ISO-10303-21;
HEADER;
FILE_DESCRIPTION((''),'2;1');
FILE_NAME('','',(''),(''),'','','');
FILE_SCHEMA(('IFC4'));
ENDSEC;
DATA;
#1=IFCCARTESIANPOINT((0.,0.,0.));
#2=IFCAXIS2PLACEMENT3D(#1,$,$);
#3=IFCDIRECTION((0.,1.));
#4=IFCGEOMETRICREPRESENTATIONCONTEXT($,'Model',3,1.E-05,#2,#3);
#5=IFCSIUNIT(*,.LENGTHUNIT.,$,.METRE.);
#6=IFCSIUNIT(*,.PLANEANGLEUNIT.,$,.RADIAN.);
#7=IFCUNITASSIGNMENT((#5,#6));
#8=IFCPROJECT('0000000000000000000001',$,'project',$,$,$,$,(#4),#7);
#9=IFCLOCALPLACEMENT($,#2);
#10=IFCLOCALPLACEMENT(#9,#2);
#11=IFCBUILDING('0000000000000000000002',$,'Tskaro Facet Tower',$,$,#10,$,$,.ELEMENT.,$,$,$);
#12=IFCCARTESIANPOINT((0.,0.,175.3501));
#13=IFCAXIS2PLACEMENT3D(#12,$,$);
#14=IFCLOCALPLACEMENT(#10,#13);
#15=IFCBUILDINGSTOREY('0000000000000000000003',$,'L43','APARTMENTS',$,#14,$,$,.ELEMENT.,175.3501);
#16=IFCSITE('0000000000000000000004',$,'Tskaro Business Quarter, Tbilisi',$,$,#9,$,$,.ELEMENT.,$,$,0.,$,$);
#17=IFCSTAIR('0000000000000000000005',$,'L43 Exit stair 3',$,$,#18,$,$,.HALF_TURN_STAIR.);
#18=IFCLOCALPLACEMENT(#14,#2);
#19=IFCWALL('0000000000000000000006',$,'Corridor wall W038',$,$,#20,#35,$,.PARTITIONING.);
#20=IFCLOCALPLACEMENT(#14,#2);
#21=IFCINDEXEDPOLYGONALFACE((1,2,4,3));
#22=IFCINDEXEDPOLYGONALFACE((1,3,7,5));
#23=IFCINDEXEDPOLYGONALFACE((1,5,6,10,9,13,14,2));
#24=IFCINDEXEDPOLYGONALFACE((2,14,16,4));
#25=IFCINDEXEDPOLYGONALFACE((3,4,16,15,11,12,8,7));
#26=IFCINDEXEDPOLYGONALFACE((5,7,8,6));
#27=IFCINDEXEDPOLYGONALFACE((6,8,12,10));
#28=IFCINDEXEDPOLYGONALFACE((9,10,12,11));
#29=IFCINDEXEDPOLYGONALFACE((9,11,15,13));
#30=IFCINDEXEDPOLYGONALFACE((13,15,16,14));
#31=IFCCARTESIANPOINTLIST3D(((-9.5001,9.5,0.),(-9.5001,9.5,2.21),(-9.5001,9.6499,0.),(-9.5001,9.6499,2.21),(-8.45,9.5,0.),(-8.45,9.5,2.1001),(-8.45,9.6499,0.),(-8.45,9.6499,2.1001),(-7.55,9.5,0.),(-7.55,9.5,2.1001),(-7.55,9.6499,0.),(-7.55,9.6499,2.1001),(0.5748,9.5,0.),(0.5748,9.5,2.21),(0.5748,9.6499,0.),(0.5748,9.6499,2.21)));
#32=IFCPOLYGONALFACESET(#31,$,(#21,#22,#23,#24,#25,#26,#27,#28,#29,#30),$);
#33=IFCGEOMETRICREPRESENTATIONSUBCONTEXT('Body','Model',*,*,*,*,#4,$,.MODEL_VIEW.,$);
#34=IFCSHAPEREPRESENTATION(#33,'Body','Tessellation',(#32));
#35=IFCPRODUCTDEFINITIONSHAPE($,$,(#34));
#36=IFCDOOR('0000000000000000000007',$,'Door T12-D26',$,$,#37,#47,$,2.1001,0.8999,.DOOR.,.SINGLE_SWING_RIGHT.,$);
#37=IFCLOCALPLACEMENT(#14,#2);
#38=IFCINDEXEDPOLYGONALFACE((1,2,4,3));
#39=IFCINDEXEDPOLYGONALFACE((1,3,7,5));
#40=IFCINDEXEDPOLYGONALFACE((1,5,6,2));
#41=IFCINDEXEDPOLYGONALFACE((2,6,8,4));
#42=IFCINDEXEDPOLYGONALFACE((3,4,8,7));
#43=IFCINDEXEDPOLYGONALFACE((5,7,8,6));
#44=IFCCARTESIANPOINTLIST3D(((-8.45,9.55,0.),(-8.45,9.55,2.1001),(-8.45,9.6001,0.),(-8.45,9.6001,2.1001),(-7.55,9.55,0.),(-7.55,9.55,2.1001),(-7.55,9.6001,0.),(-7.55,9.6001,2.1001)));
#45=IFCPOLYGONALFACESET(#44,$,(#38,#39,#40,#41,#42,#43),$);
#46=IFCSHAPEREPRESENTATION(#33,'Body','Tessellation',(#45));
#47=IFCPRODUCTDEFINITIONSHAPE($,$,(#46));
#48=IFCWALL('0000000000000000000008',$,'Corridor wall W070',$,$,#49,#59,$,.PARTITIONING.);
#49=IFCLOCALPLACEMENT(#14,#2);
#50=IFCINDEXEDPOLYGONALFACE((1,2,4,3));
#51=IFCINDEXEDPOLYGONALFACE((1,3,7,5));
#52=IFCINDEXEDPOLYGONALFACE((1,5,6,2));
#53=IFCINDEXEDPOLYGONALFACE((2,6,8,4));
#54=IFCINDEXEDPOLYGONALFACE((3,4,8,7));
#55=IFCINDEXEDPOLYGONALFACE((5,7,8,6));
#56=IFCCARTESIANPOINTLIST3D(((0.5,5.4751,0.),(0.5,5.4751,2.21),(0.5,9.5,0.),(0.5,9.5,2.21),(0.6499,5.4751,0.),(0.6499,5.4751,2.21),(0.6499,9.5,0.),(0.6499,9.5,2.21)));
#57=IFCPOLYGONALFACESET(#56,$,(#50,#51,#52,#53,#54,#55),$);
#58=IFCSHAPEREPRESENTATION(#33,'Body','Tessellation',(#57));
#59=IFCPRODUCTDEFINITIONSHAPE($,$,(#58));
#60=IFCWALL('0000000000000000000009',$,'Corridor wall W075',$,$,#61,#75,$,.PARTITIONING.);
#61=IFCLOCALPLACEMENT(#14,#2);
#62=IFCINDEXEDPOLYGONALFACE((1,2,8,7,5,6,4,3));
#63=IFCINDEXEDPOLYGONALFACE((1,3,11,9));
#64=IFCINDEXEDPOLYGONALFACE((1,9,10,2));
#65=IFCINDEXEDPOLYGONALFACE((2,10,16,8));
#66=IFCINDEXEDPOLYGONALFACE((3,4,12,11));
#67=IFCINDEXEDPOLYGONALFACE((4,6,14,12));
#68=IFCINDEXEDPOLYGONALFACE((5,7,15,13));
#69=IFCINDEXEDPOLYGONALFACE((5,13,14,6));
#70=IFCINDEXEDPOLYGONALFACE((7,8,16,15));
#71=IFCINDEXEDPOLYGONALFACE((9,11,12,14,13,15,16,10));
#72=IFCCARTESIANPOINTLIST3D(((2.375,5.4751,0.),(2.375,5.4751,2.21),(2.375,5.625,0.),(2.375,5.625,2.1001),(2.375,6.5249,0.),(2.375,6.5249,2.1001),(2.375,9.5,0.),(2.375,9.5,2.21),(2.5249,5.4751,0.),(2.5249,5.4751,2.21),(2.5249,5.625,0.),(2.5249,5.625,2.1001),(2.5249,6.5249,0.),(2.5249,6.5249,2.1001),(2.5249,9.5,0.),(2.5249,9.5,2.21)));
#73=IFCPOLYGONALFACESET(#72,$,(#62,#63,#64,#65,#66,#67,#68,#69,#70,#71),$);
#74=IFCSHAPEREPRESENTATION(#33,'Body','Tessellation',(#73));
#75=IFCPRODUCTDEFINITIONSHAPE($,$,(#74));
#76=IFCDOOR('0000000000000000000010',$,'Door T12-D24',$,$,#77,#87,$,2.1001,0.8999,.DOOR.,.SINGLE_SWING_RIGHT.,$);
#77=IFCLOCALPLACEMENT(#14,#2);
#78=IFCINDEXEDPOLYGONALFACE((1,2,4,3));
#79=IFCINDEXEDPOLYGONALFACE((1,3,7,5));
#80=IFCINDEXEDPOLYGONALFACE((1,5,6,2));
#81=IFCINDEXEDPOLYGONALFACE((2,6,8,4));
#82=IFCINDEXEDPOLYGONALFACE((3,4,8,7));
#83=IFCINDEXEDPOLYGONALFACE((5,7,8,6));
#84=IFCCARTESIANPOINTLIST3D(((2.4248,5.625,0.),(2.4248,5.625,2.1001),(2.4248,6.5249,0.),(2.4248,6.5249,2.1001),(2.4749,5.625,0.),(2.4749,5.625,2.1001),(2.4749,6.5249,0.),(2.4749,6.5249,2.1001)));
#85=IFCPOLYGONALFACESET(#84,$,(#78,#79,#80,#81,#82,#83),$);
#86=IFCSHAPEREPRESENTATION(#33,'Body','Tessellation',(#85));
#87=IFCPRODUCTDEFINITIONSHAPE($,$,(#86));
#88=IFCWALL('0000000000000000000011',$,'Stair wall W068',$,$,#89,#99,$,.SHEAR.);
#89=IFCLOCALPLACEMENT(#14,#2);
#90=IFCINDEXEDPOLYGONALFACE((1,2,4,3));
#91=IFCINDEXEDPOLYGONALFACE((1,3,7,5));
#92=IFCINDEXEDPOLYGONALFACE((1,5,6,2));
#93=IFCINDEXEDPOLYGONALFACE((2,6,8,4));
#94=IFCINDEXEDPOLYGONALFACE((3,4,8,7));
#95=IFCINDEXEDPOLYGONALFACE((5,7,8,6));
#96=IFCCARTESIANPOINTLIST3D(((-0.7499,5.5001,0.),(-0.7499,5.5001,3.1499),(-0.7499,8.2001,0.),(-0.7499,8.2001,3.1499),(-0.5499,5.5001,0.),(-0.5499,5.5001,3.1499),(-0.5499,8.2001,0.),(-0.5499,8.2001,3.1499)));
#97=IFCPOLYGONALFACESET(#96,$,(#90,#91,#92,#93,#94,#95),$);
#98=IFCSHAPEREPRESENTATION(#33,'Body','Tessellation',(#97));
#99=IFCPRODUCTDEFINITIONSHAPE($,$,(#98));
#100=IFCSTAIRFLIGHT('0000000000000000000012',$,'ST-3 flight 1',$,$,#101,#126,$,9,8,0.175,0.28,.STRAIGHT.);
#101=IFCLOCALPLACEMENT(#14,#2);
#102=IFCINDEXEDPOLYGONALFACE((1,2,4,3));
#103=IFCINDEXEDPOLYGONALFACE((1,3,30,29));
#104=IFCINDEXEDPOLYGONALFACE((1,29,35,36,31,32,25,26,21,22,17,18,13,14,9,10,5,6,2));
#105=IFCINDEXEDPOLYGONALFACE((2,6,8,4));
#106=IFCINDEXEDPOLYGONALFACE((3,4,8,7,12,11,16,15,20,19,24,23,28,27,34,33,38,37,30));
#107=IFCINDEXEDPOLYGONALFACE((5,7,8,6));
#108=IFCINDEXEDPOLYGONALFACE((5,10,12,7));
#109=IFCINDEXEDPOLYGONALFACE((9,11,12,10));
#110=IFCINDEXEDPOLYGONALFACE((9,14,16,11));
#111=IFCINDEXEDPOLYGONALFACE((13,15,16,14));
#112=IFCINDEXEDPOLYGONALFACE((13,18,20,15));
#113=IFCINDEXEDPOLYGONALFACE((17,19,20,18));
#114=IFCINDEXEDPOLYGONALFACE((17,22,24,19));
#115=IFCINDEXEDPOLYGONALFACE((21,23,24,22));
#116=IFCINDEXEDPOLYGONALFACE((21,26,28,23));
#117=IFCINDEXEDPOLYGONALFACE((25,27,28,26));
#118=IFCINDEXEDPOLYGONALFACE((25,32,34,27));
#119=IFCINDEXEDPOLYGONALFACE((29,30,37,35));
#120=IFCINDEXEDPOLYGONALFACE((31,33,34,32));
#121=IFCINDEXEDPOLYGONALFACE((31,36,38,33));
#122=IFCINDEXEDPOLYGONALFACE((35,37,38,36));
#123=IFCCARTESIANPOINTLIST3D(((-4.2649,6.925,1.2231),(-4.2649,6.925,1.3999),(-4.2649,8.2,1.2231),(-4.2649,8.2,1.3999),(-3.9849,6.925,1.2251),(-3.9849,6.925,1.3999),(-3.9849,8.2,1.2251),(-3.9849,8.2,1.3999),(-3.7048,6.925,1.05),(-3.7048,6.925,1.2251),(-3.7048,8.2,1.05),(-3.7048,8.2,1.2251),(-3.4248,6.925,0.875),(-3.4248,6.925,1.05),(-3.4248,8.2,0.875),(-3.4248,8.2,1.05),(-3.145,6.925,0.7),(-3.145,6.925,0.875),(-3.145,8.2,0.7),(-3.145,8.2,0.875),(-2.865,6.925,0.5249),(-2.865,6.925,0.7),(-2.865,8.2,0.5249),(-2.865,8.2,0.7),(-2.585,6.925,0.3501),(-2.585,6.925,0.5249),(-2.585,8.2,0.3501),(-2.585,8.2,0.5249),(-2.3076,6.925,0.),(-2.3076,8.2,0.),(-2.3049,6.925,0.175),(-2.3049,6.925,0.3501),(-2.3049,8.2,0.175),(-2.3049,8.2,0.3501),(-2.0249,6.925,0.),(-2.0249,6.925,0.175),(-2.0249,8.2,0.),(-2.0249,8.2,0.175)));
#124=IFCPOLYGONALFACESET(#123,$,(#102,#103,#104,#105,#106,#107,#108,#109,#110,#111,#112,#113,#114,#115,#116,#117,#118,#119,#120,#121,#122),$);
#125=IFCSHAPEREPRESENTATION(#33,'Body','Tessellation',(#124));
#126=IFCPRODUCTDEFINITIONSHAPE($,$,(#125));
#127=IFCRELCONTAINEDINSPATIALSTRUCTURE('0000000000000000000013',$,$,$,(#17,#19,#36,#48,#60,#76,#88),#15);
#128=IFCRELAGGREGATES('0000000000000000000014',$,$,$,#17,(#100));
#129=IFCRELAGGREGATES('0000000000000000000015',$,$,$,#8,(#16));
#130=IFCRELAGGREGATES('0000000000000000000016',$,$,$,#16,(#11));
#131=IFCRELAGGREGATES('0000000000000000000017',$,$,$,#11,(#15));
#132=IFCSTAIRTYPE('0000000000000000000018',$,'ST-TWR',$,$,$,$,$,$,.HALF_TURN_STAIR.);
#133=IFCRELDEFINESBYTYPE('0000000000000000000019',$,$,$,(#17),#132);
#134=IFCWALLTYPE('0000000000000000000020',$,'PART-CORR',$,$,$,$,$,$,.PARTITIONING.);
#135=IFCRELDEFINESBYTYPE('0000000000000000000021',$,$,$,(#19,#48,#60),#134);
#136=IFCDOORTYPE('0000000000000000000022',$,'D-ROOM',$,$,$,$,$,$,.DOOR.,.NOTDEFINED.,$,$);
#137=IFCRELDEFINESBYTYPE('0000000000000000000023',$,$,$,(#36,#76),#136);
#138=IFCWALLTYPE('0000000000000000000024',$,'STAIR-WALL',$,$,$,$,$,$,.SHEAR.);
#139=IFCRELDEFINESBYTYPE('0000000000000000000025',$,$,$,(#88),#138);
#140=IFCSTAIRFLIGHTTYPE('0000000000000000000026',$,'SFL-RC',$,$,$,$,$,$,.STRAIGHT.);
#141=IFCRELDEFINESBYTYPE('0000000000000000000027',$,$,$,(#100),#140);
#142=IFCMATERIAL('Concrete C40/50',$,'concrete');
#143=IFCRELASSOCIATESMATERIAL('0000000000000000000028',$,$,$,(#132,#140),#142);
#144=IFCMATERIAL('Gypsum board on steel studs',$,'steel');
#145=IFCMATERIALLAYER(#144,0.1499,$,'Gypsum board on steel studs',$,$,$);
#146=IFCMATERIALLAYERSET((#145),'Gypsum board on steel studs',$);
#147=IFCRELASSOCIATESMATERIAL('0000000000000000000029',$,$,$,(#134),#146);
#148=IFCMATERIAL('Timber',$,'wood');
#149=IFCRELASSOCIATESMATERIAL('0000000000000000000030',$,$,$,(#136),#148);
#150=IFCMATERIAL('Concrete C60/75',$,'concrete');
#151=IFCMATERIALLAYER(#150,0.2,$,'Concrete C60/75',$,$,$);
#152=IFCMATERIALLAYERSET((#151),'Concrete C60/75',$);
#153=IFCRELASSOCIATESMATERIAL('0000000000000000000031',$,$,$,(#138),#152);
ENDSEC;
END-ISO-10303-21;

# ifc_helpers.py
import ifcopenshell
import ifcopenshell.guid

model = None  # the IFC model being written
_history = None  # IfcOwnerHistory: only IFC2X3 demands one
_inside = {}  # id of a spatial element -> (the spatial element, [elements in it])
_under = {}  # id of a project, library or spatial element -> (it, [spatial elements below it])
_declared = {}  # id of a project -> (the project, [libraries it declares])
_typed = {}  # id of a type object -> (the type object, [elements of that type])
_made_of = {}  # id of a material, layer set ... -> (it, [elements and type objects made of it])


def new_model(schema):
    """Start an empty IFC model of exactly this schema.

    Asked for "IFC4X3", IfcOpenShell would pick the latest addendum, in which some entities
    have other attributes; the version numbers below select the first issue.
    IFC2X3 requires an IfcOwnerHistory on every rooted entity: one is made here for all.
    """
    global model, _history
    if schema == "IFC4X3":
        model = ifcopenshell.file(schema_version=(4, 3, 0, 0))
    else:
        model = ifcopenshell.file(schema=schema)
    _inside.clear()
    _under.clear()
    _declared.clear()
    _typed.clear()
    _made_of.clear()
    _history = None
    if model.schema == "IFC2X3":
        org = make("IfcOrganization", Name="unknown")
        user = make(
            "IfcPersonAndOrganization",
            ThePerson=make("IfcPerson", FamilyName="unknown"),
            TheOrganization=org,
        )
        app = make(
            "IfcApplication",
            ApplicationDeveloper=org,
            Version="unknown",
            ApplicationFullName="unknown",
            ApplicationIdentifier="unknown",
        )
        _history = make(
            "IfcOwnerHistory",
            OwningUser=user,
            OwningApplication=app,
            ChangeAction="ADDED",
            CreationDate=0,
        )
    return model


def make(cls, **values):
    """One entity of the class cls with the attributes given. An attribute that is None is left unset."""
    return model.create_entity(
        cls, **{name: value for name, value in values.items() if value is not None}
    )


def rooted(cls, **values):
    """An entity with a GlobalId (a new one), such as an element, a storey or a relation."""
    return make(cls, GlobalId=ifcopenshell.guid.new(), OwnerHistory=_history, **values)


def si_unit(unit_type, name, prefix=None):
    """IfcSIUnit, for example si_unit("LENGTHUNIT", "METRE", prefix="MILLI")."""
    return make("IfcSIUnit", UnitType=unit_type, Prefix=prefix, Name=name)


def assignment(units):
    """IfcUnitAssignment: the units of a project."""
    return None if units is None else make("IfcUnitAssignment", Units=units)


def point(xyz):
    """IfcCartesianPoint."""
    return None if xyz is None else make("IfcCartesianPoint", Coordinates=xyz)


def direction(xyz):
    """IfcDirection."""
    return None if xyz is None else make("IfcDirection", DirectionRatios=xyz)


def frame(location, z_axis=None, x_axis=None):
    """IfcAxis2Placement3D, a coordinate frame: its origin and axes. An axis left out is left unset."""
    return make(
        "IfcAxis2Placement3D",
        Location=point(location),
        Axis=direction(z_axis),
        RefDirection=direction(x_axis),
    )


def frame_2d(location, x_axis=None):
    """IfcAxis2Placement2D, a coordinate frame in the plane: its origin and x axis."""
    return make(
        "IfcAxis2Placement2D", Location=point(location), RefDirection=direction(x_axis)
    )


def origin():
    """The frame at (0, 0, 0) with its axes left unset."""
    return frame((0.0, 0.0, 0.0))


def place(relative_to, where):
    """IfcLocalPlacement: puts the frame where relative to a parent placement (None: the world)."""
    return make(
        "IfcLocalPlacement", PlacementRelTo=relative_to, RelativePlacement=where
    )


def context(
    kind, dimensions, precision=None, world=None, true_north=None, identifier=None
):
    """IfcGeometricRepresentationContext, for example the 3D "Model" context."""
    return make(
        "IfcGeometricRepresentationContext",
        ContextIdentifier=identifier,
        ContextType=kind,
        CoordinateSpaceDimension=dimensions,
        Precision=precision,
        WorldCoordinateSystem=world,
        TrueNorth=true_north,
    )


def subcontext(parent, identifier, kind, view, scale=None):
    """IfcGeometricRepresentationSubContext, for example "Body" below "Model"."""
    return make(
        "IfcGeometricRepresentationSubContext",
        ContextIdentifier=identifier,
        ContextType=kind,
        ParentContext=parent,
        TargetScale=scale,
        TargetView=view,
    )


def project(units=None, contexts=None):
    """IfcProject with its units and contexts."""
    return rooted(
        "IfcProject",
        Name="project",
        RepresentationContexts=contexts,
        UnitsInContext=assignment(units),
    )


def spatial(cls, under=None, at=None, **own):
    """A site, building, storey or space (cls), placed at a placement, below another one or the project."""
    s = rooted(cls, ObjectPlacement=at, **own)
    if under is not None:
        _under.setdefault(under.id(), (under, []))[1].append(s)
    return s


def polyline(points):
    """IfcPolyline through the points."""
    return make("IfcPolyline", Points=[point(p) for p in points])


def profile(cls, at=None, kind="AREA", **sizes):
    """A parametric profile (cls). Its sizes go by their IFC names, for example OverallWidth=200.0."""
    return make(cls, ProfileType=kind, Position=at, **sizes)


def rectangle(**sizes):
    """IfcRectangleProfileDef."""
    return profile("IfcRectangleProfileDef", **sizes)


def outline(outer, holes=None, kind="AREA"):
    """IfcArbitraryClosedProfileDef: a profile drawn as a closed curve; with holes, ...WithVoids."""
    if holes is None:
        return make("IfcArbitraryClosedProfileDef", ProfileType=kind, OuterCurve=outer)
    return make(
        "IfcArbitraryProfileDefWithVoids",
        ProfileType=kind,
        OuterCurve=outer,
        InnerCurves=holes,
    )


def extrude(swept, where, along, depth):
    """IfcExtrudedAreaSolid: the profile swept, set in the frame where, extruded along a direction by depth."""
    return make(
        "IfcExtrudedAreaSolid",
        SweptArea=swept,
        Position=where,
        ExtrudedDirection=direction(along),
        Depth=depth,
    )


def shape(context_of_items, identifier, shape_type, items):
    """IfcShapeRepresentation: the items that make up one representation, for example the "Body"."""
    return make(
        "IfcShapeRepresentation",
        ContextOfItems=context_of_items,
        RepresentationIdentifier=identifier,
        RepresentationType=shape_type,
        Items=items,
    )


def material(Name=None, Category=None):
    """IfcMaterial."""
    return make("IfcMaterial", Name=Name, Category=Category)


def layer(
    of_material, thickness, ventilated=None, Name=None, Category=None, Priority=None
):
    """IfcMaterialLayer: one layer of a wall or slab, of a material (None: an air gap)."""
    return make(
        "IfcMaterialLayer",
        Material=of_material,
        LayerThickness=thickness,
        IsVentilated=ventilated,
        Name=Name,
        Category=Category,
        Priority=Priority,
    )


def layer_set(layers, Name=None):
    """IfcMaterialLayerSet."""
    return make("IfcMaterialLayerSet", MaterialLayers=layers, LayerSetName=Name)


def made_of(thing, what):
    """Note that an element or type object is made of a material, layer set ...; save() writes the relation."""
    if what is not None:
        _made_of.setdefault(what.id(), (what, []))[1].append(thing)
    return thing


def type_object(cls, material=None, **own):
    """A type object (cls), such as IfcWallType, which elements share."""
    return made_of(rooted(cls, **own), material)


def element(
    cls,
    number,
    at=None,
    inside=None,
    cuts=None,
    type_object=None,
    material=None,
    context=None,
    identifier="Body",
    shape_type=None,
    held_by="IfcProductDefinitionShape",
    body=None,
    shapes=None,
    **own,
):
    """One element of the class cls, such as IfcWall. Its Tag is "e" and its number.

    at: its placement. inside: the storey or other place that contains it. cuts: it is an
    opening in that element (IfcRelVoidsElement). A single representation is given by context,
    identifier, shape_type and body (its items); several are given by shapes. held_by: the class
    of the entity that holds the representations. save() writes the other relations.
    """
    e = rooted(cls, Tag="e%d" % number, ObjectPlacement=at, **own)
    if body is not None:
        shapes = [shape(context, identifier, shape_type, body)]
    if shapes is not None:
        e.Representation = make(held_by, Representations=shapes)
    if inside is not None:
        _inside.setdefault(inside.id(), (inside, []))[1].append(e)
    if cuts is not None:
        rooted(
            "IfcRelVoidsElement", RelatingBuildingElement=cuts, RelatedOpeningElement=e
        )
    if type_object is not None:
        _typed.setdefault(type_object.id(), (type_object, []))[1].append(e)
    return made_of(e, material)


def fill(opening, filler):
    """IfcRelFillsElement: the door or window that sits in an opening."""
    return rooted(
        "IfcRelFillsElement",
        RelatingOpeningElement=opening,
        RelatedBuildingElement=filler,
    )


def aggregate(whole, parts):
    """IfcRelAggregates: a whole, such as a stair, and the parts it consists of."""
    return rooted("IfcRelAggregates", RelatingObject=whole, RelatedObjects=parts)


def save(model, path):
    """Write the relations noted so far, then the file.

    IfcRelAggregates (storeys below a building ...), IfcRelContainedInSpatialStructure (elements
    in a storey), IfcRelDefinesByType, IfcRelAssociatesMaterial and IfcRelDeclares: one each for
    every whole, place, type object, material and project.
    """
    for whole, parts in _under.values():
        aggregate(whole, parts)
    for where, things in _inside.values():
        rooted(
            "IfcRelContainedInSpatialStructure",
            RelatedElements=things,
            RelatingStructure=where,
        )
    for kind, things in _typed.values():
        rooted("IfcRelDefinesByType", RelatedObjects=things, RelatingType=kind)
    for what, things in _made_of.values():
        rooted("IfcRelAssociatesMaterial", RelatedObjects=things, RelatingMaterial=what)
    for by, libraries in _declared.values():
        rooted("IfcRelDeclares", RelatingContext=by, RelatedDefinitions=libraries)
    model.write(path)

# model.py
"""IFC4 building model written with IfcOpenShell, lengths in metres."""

from ifc_helpers import new_model, si_unit, direction, frame, frame_2d, origin, place, context, subcontext, project, spatial, polyline, rectangle, outline, extrude, material, layer, layer_set, type_object, element, fill, aggregate, save


model = new_model("IFC4")

# Units and contexts
model_context = context("Model", 3, precision=1e-05, world=origin(), true_north=direction((0.0, 1.0)))
body_context = subcontext(model_context, "Body", "Model", "MODEL_VIEW")
ifc_project = project(units=[si_unit("LENGTHUNIT", "METRE"), si_unit("PLANEANGLEUNIT", "RADIAN")], contexts=[model_context])

# Site, building, storey
site_placement = place(None, origin())
site = spatial("IfcSite", under=ifc_project, at=site_placement, Name="Tskaro Business Quarter, Tbilisi", CompositionType="ELEMENT", RefElevation=0.0)
building_placement = place(site_placement, origin())
building = spatial("IfcBuilding", under=site, at=building_placement, Name="Tskaro Facet Tower", CompositionType="ELEMENT")
storey_placement = place(building_placement, frame((0.0, 0.0, 175.3501)))
storey = spatial("IfcBuildingStorey", under=building, at=storey_placement, Name="L43", Description="APARTMENTS", CompositionType="ELEMENT", Elevation=175.3501)

# Stair
ifc_material_1 = material(Name="Concrete C40/50", Category="concrete")
stair_type = type_object("IfcStairType", Name="ST-TWR", PredefinedType="HALF_TURN_STAIR", material=ifc_material_1)
stair_1_placement = place(storey_placement, origin())
stair_1 = element("IfcStair", 1, at=stair_1_placement, inside=storey, type_object=stair_type, Name="L43 Exit stair 3", PredefinedType="HALF_TURN_STAIR")

# Shared definitions
ifc_material_2 = material(Name="Concrete C60/75", Category="concrete")

# Shared definitions
ifc_material_3 = material(Name="Gypsum board on steel studs", Category="steel")
ifc_layer_1 = layer(ifc_material_3, 0.1499, Name="Gypsum board on steel studs")
ifc_layer_set_1 = layer_set([ifc_layer_1], Name="Gypsum board on steel studs")
wall_type_1 = type_object("IfcWallType", Name="PART-CORR", PredefinedType="PARTITIONING", material=ifc_layer_set_1)

# Wall, opening, door
wall_1_placement = place(storey_placement, frame((0.575, 9.575, 0.0), z_axis=(0.0, 0.0, 1.0), x_axis=(-1.0, 0.0, 0.0)))
wall_1 = element("IfcWall", 2, at=wall_1_placement, inside=storey, type_object=wall_type_1, Name="Corridor wall W038", PredefinedType="PARTITIONING", context=body_context, shape_type="SweptSolid", body=[
    extrude(rectangle(XDim=10.075, YDim=0.1499, at=frame_2d((5.0376, 0.0))), origin(), (0.0, 0.0, 1.0), 2.21),
])
opening_1_placement = place(wall_1_placement, frame((8.125, 0.0, 0.0)))
opening_1 = element("IfcOpeningElement", 3, at=opening_1_placement, cuts=wall_1, PredefinedType="OPENING", context=body_context, shape_type="SweptSolid", body=[
    extrude(rectangle(XDim=0.8999, YDim=2.1001, at=frame_2d((0.45, 1.05))), frame((0.0, 0.085, 0.0), z_axis=(0.0, -1.0, 0.0), x_axis=(1.0, 0.0, 0.0)), (0.0, 0.0, 1.0), 0.1699),
])
ifc_material_4 = material(Name="Timber", Category="wood")
door_type = type_object("IfcDoorType", Name="D-ROOM", OperationType="NOTDEFINED", PredefinedType="DOOR", material=ifc_material_4)
door_1_placement = place(opening_1_placement, origin())
door_1 = element("IfcDoor", 4, at=door_1_placement, inside=storey, type_object=door_type, Name="Door T12-D26", OperationType="SINGLE_SWING_RIGHT", OverallHeight=2.1001, OverallWidth=0.8999, PredefinedType="DOOR", context=body_context, shape_type="SweptSolid", body=[
    extrude(rectangle(XDim=0.8999, YDim=2.1001, at=frame_2d((0.45, 1.05))), frame((0.0, 0.0249, 0.0), z_axis=(0.0, -1.0, 0.0), x_axis=(1.0, 0.0, 0.0)), (0.0, 0.0, 1.0), 0.05),
])
fill(opening_1, door_1)

# Wall
wall_2_placement = place(storey_placement, frame((0.575, 5.4751, 0.0), z_axis=(0.0, 0.0, 1.0), x_axis=(0.0, 1.0, 0.0)))
element("IfcWall", 5, at=wall_2_placement, inside=storey, type_object=wall_type_1, Name="Corridor wall W070", PredefinedType="PARTITIONING", context=body_context, shape_type="SweptSolid", body=[
    extrude(rectangle(XDim=4.0249, YDim=0.1499, at=frame_2d((2.0125, 0.0))), origin(), (0.0, 0.0, 1.0), 2.21),
])

# Wall, opening, door
wall_3_placement = place(storey_placement, frame((2.45, 9.5, 0.0), z_axis=(0.0, 0.0, 1.0), x_axis=(0.0, -1.0, 0.0)))
wall_3 = element("IfcWall", 6, at=wall_3_placement, inside=storey, type_object=wall_type_1, Name="Corridor wall W075", PredefinedType="PARTITIONING", context=body_context, shape_type="SweptSolid", body=[
    extrude(rectangle(XDim=4.0249, YDim=0.1499, at=frame_2d((2.0125, 0.0))), origin(), (0.0, 0.0, 1.0), 2.21),
])
opening_2_placement = place(wall_3_placement, frame((2.9751, 0.0, 0.0)))
opening_2 = element("IfcOpeningElement", 7, at=opening_2_placement, cuts=wall_3, PredefinedType="OPENING", context=body_context, shape_type="SweptSolid", body=[
    extrude(rectangle(XDim=0.8999, YDim=2.1001, at=frame_2d((0.45, 1.05))), frame((0.0, 0.085, 0.0), z_axis=(0.0, -1.0, 0.0), x_axis=(1.0, 0.0, 0.0)), (0.0, 0.0, 1.0), 0.1699),
])
door_2_placement = place(opening_2_placement, origin())
door_2 = element("IfcDoor", 8, at=door_2_placement, inside=storey, type_object=door_type, Name="Door T12-D24", OperationType="SINGLE_SWING_RIGHT", OverallHeight=2.1001, OverallWidth=0.8999, PredefinedType="DOOR", context=body_context, shape_type="SweptSolid", body=[
    extrude(rectangle(XDim=0.8999, YDim=2.1001, at=frame_2d((0.45, 1.05))), frame((0.0, 0.0249, 0.0), z_axis=(0.0, -1.0, 0.0), x_axis=(1.0, 0.0, 0.0)), (0.0, 0.0, 1.0), 0.05),
])
fill(opening_2, door_2)

# Wall
ifc_layer_2 = layer(ifc_material_2, 0.2, Name="Concrete C60/75")
ifc_layer_set_2 = layer_set([ifc_layer_2], Name="Concrete C60/75")
wall_type_2 = type_object("IfcWallType", Name="STAIR-WALL", PredefinedType="SHEAR", material=ifc_layer_set_2)
wall_4_placement = place(storey_placement, frame((-0.6499, 5.5, 0.0), z_axis=(0.0, 0.0, 1.0), x_axis=(0.0, 1.0, 0.0)))
element("IfcWall", 9, at=wall_4_placement, inside=storey, type_object=wall_type_2, Name="Stair wall W068", PredefinedType="SHEAR", context=body_context, shape_type="SweptSolid", body=[
    extrude(rectangle(XDim=2.7, YDim=0.2, at=frame_2d((1.3501, 0.0))), origin(), (0.0, 0.0, 1.0), 3.1499),
])

# Stair flight
stair_flight_type = type_object("IfcStairFlightType", Name="SFL-RC", PredefinedType="STRAIGHT", material=ifc_material_1)
stair_flight_placement = place(storey_placement, frame((-2.0249, 7.5625, 0.0), z_axis=(0.0, 0.0, 1.0), x_axis=(-1.0, 0.0, 0.0)))
stair_flight = element("IfcStairFlight", 10, at=stair_flight_placement, type_object=stair_flight_type, Name="ST-3 flight 1", NumberOfRisers=9, NumberOfTreads=8, PredefinedType="STRAIGHT", RiserHeight=0.175, TreadLength=0.28, context=body_context, shape_type="SweptSolid", body=[
    extrude(outline(polyline([(0.0, 0.0), (0.0, 0.175), (0.28, 0.175), (0.28, 0.3501), (0.5601, 0.3501), (0.5601, 0.5249), (0.8401, 0.5249), (0.8401, 0.7), (1.1201, 0.7), (1.1201, 0.875), (1.3999, 0.875), (1.3999, 1.05), (1.6799, 1.05), (1.6799, 1.2251), (1.96, 1.2251), (1.96, 1.3999), (2.24, 1.3999), (2.24, 1.575), (2.24, 1.2231), (0.2827, 0.0), (0.0, 0.0)])), frame((0.0, 0.6375, 0.0), z_axis=(0.0, -1.0, 0.0), x_axis=(1.0, 0.0, 0.0)), (0.0, 0.0, 1.0), 1.2749),
])
aggregate(stair_1, [stair_flight])

save(model, "model.ifc")
